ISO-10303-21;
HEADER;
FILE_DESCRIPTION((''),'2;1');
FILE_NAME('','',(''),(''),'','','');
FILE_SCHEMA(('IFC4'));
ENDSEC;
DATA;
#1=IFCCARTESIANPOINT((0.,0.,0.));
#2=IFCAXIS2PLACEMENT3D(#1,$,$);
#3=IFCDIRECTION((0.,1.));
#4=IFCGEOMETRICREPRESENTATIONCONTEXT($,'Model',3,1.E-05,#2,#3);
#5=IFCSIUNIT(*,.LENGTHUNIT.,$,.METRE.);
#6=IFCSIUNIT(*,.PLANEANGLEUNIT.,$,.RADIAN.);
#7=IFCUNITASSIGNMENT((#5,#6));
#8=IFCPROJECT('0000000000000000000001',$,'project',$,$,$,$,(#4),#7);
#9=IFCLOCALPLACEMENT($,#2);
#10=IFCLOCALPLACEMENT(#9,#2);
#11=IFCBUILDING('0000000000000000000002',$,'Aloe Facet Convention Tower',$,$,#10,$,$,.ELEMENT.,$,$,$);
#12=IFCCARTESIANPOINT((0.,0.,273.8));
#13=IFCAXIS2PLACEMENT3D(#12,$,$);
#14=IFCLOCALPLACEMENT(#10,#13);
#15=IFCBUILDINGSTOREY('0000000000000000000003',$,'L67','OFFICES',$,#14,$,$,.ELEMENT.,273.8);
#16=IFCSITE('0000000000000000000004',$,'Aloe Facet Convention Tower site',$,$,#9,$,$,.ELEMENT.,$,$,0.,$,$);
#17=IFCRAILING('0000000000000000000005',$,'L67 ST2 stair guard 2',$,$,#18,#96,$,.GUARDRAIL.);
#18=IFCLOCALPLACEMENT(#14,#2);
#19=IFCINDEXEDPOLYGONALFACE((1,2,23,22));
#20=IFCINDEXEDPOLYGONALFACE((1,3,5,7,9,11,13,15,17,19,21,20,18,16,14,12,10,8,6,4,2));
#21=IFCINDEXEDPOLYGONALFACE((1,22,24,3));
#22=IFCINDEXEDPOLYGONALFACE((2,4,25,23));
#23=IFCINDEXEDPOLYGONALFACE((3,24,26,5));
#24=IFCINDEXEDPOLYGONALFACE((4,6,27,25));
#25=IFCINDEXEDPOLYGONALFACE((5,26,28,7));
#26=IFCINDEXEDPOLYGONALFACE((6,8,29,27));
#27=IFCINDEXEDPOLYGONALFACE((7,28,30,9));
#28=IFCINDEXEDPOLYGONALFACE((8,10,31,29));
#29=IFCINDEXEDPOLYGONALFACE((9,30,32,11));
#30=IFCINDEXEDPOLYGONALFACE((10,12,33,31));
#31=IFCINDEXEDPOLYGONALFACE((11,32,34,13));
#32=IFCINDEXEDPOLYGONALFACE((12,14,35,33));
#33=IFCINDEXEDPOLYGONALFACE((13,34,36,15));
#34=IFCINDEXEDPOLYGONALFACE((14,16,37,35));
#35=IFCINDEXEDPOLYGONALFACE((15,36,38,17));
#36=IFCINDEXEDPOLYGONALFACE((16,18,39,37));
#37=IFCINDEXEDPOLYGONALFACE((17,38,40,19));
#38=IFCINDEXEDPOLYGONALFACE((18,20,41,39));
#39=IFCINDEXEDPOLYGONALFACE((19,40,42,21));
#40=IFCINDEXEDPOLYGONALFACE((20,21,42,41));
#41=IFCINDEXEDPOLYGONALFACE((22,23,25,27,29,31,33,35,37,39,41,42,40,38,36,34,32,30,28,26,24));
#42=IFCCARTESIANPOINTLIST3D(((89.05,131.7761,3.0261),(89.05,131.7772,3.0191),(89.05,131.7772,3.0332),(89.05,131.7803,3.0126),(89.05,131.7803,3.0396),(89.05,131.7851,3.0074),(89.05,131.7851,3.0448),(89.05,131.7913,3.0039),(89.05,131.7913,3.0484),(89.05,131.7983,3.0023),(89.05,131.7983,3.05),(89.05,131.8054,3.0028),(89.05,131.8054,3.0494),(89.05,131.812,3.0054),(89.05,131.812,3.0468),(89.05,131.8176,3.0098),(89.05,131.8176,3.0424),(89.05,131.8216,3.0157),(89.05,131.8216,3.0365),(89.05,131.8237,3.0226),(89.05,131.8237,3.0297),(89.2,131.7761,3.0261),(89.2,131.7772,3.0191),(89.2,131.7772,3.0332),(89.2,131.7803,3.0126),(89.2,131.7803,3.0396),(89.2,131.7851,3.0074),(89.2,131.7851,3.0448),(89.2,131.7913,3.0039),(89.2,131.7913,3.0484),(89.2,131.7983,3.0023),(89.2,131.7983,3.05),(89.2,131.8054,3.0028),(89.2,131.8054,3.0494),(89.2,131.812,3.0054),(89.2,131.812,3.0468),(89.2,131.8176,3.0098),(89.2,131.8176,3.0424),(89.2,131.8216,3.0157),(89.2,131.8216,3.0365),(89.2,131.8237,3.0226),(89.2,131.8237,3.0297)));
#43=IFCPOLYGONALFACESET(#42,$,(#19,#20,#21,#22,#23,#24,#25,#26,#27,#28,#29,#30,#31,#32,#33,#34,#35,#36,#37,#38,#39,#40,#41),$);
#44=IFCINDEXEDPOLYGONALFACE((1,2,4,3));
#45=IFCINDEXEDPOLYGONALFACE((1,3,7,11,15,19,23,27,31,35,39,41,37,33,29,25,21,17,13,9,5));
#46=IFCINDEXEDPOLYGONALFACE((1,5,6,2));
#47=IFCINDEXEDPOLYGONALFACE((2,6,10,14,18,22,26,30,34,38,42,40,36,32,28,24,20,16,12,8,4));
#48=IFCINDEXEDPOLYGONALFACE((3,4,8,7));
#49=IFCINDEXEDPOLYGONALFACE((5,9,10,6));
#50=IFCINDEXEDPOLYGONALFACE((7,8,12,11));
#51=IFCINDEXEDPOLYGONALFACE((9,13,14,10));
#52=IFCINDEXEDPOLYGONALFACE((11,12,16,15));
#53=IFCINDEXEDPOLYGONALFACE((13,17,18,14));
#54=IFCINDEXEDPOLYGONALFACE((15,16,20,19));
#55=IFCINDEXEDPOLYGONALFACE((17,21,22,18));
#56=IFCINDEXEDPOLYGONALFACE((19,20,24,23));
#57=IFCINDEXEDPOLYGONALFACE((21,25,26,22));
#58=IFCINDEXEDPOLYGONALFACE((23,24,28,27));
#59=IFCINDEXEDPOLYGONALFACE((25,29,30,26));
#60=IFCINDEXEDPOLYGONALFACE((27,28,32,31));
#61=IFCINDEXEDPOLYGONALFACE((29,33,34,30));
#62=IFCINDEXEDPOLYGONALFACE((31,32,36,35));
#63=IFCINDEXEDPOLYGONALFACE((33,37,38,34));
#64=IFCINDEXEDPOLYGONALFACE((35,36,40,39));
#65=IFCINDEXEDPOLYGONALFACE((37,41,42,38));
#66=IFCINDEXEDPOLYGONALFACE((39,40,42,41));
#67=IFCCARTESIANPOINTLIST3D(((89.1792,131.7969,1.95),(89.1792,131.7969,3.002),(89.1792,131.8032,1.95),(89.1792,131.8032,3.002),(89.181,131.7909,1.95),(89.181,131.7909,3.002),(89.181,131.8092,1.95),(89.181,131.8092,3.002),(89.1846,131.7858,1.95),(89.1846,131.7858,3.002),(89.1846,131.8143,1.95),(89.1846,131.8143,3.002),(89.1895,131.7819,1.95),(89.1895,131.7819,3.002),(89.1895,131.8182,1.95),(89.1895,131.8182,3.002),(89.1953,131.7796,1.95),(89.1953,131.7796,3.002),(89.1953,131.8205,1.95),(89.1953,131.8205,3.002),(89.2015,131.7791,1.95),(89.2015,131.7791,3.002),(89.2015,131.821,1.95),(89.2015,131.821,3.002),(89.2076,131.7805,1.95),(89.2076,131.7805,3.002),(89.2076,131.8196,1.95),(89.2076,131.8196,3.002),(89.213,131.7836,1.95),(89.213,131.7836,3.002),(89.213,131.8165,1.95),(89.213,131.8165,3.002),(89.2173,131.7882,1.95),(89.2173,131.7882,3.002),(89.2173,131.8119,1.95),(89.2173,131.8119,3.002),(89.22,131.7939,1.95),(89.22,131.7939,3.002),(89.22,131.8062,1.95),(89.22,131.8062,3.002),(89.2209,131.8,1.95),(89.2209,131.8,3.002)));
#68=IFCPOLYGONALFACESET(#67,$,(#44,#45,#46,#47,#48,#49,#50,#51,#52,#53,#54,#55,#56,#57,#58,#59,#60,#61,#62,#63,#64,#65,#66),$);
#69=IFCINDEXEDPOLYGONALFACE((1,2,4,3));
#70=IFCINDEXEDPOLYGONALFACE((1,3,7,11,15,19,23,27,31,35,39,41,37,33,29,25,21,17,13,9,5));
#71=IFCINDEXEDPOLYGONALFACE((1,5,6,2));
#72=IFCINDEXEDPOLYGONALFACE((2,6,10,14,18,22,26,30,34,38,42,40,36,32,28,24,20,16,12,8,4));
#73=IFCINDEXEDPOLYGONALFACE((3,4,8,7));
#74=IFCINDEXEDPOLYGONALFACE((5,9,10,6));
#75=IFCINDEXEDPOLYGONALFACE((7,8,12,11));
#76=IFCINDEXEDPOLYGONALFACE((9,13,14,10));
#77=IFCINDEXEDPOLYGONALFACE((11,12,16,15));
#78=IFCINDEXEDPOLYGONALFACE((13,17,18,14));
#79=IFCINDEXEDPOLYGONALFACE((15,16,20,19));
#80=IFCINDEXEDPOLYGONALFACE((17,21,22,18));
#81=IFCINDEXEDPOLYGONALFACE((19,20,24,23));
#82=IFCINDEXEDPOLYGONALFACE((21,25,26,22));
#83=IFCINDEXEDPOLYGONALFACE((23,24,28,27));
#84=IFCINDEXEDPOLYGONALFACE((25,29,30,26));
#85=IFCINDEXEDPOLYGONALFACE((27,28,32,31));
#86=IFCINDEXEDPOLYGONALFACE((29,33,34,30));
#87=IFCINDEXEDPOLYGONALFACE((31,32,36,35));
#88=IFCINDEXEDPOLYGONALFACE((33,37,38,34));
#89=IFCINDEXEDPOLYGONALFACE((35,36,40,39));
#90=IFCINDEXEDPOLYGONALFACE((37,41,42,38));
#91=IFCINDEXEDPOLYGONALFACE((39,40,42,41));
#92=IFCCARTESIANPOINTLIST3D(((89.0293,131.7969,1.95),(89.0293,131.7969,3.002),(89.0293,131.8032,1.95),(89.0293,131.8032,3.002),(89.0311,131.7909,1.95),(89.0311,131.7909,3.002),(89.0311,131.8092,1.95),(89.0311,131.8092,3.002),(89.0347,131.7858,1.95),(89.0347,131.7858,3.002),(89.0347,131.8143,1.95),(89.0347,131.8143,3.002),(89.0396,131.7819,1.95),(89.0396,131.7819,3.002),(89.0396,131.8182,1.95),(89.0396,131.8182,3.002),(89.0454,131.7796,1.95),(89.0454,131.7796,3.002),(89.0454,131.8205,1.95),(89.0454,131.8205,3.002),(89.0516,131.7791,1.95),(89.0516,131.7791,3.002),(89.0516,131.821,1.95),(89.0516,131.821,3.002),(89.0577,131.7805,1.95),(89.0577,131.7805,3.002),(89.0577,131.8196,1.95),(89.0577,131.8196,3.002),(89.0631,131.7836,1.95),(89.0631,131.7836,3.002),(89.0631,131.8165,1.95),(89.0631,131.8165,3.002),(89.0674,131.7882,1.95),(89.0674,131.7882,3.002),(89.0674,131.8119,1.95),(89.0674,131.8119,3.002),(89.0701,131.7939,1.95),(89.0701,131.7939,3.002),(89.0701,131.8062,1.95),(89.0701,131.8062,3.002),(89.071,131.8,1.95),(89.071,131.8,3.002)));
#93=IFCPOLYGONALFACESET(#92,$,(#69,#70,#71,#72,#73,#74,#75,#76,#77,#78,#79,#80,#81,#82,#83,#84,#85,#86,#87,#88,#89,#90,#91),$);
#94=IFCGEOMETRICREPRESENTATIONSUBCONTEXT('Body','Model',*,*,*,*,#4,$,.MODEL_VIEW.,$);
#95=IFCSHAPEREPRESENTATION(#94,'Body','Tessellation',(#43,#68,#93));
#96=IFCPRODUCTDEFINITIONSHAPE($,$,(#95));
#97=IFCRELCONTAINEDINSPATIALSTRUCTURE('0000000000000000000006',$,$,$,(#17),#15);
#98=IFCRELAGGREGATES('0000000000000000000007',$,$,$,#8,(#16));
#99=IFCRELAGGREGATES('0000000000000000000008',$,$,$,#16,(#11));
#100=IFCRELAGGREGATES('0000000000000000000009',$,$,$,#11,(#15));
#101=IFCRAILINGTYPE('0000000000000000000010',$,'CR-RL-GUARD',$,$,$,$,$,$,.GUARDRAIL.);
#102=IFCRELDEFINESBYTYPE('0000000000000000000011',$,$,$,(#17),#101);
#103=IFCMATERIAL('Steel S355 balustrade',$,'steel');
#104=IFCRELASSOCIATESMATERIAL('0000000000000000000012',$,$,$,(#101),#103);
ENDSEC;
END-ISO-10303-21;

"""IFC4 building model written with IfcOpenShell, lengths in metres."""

from ifc_helpers import new_model, si_unit, direction, frame, origin, origin_2d, place, context, subcontext, project, spatial, circle, extrude, material, type_object, element, save


model = new_model("IFC4")

# Units and contexts
model_context = context("Model", 3, precision=1e-05, world=origin(), true_north=direction((0.0, 1.0)))
body_context = subcontext(model_context, "Body", "Model", "MODEL_VIEW")
ifc_project = project(units=[si_unit("LENGTHUNIT", "METRE"), si_unit("PLANEANGLEUNIT", "RADIAN")], contexts=[model_context])

# Site, building, storey
site_placement = place(None, origin())
site = spatial("IfcSite", under=ifc_project, at=site_placement, Name="Aloe Facet Convention Tower site", CompositionType="ELEMENT", RefElevation=0.0)
building_placement = place(site_placement, origin())
building = spatial("IfcBuilding", under=site, at=building_placement, Name="Aloe Facet Convention Tower", CompositionType="ELEMENT")
storey_placement = place(building_placement, frame((0.0, 0.0, 273.8)))
storey = spatial("IfcBuildingStorey", under=building, at=storey_placement, Name="L67", Description="OFFICES", CompositionType="ELEMENT", Elevation=273.8)

# Railing
ifc_material_1 = material(Name="Steel S355 balustrade", Category="steel")
railing_type_1 = type_object("IfcRailingType", Name="CR-RL-GUARD", PredefinedType="GUARDRAIL", material=ifc_material_1)
railing_1_placement = place(storey_placement, frame((89.2, 131.8, 1.95)))
element("IfcRailing", 1, at=railing_1_placement, inside=storey, type_object=railing_type_1, Name="L67 ST2 stair guard 2", PredefinedType="GUARDRAIL", context=body_context, shape_type="SweptSolid", body=[
    extrude(circle(Radius=0.0239, at=origin_2d()), frame((0.0, 0.0, 1.0762), z_axis=(-1.0, 0.0, 0.0), x_axis=(0.0, -1.0, 0.0)), (0.0, 0.0, 1.0), 0.1499),
    extrude(circle(Radius=0.021, at=origin_2d()), origin(), (0.0, 0.0, 1.0), 1.052),
    extrude(circle(Radius=0.021, at=origin_2d()), frame((-0.1499, 0.0, 0.0)), (0.0, 0.0, 1.0), 1.052),
])

save(model, "model.ifc")
